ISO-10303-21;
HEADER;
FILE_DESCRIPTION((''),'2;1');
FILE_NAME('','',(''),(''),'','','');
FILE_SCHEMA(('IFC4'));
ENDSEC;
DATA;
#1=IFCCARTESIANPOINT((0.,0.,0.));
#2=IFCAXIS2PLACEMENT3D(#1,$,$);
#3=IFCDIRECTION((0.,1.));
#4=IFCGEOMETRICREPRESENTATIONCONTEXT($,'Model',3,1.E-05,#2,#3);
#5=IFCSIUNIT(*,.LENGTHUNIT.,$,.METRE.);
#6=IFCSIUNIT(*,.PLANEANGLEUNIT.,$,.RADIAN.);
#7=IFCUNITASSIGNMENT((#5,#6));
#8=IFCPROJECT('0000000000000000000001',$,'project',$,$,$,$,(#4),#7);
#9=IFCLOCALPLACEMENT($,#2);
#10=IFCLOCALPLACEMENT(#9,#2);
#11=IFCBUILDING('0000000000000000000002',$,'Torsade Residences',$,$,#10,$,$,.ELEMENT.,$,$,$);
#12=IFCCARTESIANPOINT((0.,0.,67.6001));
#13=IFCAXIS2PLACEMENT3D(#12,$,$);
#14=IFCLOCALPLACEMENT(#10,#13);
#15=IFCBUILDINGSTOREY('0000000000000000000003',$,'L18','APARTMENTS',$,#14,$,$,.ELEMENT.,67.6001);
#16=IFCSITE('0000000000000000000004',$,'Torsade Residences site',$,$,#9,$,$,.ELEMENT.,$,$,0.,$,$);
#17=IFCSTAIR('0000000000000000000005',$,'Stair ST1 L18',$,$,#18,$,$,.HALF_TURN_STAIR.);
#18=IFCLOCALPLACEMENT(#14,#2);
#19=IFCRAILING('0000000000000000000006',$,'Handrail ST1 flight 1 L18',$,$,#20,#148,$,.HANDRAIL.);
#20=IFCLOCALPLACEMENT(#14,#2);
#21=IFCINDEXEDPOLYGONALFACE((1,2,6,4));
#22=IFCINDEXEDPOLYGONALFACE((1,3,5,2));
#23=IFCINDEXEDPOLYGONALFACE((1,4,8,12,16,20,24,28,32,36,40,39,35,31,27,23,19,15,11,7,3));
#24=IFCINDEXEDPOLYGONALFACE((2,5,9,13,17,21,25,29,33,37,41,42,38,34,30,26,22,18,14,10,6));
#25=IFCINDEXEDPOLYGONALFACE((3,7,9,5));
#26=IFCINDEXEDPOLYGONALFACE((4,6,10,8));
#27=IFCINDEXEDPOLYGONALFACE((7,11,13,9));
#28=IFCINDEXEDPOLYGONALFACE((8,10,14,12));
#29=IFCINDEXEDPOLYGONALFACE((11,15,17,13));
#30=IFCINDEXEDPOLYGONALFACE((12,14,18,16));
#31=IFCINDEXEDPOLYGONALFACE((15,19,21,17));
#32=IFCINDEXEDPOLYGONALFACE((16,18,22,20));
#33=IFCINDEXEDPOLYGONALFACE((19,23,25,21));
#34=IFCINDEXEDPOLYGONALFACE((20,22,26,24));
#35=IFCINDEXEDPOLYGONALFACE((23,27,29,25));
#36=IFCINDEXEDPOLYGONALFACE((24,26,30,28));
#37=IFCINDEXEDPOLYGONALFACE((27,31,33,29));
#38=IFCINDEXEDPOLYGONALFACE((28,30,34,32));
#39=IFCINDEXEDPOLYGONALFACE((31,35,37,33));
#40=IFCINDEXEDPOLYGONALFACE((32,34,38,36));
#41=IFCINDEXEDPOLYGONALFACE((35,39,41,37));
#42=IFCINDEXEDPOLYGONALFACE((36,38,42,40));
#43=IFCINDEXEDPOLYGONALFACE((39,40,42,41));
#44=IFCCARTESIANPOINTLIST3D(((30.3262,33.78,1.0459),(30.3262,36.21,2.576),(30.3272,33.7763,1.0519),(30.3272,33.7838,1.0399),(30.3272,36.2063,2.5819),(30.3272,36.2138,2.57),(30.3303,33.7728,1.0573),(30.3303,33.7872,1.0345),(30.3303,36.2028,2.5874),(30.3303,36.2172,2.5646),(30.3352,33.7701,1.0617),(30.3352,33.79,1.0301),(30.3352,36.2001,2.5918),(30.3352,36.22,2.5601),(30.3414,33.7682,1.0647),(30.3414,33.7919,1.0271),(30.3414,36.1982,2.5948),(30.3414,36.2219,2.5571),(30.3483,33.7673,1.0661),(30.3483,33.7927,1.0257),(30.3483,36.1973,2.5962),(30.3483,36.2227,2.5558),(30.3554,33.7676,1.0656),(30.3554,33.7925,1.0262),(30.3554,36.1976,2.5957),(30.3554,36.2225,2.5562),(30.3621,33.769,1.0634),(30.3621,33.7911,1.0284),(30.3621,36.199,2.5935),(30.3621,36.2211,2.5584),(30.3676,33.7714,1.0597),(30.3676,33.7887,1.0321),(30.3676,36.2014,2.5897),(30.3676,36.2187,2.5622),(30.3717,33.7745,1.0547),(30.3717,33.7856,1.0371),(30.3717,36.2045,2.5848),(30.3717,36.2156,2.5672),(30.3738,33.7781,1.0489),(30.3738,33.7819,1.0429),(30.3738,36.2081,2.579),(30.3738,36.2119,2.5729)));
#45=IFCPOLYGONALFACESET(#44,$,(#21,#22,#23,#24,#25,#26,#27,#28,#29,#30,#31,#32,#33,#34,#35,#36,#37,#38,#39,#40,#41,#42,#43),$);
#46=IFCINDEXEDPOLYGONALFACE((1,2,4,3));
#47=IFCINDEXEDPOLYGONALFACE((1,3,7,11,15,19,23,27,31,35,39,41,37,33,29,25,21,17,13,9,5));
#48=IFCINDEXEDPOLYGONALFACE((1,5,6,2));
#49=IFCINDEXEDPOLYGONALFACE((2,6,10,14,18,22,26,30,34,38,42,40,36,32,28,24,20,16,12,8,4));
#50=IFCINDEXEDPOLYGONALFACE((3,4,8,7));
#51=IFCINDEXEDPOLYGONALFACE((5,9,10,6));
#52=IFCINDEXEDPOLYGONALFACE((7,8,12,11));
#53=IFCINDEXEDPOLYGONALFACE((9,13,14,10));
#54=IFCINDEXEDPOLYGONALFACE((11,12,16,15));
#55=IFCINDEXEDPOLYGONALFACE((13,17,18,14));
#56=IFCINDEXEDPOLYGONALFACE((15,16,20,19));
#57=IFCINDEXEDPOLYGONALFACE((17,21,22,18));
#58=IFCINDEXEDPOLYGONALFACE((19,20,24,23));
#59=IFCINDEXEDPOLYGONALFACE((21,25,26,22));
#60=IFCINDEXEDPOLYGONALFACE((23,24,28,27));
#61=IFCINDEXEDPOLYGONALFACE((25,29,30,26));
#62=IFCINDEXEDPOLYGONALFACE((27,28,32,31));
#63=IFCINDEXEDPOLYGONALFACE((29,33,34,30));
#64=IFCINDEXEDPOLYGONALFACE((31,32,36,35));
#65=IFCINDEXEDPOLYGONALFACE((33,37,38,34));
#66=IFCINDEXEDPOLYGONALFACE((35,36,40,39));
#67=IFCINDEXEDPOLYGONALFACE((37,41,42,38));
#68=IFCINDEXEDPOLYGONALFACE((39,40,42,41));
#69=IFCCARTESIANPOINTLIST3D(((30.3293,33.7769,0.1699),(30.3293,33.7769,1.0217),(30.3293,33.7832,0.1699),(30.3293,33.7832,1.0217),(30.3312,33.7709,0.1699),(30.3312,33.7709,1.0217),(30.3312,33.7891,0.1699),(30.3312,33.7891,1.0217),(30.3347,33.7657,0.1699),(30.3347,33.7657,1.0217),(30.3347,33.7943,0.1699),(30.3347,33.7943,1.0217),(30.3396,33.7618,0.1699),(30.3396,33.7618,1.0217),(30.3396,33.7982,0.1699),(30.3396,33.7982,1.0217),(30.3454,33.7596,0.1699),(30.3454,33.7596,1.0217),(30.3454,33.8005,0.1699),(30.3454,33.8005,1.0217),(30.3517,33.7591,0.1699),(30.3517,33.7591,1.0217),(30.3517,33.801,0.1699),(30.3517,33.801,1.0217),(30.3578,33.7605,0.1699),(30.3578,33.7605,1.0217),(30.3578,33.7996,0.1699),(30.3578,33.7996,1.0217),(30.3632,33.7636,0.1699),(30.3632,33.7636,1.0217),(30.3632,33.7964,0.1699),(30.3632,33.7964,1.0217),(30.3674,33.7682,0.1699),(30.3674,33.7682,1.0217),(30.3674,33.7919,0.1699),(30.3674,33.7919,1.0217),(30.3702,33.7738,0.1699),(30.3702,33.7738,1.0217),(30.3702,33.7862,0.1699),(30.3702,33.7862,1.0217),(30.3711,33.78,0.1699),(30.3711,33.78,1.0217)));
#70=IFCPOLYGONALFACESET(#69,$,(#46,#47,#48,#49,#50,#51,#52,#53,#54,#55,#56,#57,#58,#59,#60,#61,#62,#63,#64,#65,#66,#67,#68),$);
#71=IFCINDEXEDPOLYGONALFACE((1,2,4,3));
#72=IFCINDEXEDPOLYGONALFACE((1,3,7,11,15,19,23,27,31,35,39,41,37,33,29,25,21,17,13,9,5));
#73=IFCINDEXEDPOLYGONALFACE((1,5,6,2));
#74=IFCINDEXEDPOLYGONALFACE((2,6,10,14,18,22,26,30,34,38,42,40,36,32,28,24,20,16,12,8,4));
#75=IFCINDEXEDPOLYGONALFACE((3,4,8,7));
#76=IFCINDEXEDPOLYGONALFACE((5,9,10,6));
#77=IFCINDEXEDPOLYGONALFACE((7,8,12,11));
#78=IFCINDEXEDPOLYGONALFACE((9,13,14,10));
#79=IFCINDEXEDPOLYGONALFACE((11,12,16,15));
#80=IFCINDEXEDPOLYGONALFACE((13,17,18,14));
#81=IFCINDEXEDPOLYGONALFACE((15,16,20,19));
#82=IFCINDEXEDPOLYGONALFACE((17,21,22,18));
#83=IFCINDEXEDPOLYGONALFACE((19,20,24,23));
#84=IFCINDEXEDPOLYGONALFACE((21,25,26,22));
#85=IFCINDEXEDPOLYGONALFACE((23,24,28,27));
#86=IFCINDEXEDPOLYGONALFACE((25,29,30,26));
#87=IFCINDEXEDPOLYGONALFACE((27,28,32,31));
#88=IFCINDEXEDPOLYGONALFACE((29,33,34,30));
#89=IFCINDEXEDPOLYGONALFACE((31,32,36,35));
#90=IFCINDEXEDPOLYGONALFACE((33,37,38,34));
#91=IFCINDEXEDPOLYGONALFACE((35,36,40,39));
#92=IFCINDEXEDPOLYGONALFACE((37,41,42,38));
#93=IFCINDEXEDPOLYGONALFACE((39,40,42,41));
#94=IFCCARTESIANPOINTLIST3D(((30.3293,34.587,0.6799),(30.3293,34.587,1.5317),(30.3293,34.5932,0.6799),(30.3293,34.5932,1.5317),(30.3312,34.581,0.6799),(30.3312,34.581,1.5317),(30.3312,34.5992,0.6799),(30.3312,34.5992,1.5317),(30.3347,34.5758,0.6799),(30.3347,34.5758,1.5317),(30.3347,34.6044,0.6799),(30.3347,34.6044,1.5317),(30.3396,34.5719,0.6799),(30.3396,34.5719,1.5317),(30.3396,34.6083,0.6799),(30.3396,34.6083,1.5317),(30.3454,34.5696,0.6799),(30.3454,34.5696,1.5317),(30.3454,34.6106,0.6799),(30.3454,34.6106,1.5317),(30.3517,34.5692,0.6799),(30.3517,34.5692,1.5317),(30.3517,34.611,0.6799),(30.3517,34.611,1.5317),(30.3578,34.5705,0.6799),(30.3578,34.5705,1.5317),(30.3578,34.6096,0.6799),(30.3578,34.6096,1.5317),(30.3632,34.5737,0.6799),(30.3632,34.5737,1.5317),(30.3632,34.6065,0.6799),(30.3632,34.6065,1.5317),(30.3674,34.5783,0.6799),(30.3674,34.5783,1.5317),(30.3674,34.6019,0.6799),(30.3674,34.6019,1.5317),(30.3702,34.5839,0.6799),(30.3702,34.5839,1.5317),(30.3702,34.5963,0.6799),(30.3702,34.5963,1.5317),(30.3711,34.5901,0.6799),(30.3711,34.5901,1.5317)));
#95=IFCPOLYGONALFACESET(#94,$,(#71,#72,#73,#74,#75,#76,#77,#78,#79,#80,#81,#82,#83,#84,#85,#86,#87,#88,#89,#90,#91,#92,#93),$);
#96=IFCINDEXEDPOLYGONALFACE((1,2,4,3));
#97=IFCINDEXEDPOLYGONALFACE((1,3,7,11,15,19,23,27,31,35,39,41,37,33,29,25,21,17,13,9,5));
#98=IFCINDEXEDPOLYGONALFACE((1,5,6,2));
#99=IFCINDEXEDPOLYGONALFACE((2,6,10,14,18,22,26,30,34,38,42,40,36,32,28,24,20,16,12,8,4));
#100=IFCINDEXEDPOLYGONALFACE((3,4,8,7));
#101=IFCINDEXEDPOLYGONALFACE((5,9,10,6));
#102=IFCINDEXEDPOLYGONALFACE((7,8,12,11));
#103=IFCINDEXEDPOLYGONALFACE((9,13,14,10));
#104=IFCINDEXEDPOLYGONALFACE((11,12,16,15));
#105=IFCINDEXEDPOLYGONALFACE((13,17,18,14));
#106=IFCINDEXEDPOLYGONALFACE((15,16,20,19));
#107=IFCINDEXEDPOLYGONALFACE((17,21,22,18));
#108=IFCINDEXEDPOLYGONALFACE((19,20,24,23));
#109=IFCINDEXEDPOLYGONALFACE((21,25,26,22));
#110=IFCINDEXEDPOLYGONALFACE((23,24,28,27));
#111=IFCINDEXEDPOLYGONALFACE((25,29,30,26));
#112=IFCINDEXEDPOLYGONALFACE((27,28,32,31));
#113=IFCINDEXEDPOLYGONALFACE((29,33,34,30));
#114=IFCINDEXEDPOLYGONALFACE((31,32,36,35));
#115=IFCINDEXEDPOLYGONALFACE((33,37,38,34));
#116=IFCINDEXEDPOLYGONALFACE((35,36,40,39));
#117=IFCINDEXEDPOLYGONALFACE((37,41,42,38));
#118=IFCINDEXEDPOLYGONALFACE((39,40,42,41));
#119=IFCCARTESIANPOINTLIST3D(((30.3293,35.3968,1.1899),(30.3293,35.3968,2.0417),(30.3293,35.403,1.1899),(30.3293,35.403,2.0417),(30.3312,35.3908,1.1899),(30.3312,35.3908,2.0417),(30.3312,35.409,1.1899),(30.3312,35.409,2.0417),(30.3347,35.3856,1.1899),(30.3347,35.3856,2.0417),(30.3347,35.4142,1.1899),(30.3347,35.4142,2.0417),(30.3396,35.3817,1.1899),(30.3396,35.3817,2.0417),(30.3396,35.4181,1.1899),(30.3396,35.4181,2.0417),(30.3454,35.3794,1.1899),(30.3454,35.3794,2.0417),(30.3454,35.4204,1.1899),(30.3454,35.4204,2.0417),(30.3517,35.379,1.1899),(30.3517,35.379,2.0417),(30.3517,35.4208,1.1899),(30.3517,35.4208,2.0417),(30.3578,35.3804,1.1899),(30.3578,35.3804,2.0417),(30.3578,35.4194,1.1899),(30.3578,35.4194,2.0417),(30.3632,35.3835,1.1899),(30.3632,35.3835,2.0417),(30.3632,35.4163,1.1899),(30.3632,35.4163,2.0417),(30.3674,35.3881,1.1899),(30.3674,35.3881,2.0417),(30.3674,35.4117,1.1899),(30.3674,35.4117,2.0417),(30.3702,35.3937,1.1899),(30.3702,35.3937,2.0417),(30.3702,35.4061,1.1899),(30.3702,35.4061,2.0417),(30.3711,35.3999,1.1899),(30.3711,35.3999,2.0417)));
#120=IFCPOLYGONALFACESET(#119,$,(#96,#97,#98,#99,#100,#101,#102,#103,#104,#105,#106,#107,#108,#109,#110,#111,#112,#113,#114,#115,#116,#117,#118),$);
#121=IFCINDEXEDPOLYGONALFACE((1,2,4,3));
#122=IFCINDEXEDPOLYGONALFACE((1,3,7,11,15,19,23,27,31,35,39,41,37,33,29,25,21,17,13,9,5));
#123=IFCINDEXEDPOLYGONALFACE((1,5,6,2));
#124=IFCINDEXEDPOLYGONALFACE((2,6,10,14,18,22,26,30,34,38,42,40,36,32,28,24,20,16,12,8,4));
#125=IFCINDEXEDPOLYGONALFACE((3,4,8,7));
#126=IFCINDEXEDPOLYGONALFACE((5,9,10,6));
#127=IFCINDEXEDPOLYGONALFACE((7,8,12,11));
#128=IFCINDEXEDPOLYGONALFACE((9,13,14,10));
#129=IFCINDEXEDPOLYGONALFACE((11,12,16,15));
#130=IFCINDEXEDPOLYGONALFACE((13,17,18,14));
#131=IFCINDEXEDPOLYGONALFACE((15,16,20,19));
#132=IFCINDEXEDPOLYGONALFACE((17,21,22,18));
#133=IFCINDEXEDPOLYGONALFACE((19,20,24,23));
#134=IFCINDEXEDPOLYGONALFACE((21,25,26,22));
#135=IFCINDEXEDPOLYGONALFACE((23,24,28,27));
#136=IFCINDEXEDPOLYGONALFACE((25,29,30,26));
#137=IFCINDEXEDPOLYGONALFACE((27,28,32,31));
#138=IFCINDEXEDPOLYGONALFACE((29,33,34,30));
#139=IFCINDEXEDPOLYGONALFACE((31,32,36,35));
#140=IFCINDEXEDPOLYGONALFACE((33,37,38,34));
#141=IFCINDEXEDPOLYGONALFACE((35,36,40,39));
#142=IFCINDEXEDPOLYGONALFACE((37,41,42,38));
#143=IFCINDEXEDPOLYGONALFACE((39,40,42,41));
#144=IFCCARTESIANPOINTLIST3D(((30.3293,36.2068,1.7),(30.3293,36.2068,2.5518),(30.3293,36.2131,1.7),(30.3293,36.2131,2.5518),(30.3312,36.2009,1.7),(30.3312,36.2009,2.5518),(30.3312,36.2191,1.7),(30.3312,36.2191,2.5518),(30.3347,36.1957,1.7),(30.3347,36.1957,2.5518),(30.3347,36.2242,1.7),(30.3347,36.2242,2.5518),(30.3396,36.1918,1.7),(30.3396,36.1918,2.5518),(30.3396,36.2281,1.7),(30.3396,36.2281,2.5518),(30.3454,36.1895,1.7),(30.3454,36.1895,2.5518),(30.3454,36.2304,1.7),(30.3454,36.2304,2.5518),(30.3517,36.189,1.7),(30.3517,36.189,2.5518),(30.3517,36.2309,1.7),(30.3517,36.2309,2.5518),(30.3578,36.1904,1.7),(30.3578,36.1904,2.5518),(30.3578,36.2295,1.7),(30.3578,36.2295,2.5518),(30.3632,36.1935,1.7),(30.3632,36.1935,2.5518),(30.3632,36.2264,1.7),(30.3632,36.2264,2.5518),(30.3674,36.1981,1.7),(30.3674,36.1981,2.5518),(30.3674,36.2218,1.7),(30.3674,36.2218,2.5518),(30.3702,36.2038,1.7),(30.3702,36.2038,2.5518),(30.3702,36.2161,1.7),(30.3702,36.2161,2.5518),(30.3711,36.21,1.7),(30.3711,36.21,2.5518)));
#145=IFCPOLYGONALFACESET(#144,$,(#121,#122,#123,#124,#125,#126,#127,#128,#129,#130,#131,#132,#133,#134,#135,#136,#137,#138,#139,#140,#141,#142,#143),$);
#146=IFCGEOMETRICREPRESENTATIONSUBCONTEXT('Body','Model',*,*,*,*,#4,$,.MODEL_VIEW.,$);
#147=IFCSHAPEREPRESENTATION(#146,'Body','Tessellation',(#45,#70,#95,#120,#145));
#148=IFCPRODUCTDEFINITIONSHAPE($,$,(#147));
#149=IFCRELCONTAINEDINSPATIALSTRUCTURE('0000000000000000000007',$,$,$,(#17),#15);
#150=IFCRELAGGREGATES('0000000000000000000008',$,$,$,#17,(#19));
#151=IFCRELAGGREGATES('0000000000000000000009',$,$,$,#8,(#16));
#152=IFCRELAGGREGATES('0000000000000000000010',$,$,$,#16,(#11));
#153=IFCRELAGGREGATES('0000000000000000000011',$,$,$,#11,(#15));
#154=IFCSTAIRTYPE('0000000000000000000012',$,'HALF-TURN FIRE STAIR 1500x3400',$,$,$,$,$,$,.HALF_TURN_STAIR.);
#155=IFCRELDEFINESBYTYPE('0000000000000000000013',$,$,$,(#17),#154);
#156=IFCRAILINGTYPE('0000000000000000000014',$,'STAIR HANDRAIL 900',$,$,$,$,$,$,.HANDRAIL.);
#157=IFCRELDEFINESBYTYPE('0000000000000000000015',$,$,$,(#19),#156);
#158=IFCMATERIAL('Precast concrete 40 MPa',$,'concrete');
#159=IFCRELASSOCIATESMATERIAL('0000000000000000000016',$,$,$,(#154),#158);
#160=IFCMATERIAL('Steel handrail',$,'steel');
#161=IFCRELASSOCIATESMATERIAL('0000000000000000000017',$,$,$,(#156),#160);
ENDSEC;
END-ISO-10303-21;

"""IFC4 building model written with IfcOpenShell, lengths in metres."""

from ifc_helpers import new_model, si_unit, direction, frame, origin, origin_2d, place, context, subcontext, project, spatial, circle, extrude, material, type_object, element, aggregate, save


model = new_model("IFC4")

# Units and contexts
model_context = context("Model", 3, precision=1e-05, world=origin(), true_north=direction((0.0, 1.0)))
body_context = subcontext(model_context, "Body", "Model", "MODEL_VIEW")
ifc_project = project(units=[si_unit("LENGTHUNIT", "METRE"), si_unit("PLANEANGLEUNIT", "RADIAN")], contexts=[model_context])

# Site, building, storey
site_placement = place(None, origin())
site = spatial("IfcSite", under=ifc_project, at=site_placement, Name="Torsade Residences site", CompositionType="ELEMENT", RefElevation=0.0)
building_placement = place(site_placement, origin())
building = spatial("IfcBuilding", under=site, at=building_placement, Name="Torsade Residences", CompositionType="ELEMENT")
storey_placement = place(building_placement, frame((0.0, 0.0, 67.6001)))
storey = spatial("IfcBuildingStorey", under=building, at=storey_placement, Name="L18", Description="APARTMENTS", CompositionType="ELEMENT", Elevation=67.6001)

# Stair, railing
ifc_material_1 = material(Name="Precast concrete 40 MPa", Category="concrete")
stair_type = type_object("IfcStairType", Name="HALF-TURN FIRE STAIR 1500x3400", PredefinedType="HALF_TURN_STAIR", material=ifc_material_1)
stair_placement = place(storey_placement, origin())
stair = element("IfcStair", 1, at=stair_placement, inside=storey, type_object=stair_type, Name="Stair ST1 L18", PredefinedType="HALF_TURN_STAIR")
ifc_material_2 = material(Name="Steel handrail", Category="steel")
railing_type = type_object("IfcRailingType", Name="STAIR HANDRAIL 900", PredefinedType="HANDRAIL", material=ifc_material_2)
railing_1_placement = place(storey_placement, frame((30.3501, 33.78, 0.1699)))
railing_1 = element("IfcRailing", 2, at=railing_1_placement, type_object=railing_type, Name="Handrail ST1 flight 1 L18", PredefinedType="HANDRAIL", context=body_context, shape_type="SweptSolid", body=[
    extrude(circle(Radius=0.0239, at=origin_2d()), frame((0.0, 0.0, 0.876), z_axis=(0.0, 0.846221, 0.532831), x_axis=(-1.0, 0.0, 0.0)), (0.0, 0.0, 1.0), 2.8716),
    extrude(circle(Radius=0.021, at=origin_2d()), origin(), (0.0, 0.0, 1.0), 0.8518),
    extrude(circle(Radius=0.021, at=origin_2d()), frame((0.0, 0.8101, 0.51)), (0.0, 0.0, 1.0), 0.8518),
    extrude(circle(Radius=0.021, at=origin_2d()), frame((0.0, 1.6199, 1.02)), (0.0, 0.0, 1.0), 0.8518),
    extrude(circle(Radius=0.021, at=origin_2d()), frame((0.0, 2.4299, 1.53)), (0.0, 0.0, 1.0), 0.8518),
])
aggregate(stair, [railing_1])

save(model, "model.ifc")
